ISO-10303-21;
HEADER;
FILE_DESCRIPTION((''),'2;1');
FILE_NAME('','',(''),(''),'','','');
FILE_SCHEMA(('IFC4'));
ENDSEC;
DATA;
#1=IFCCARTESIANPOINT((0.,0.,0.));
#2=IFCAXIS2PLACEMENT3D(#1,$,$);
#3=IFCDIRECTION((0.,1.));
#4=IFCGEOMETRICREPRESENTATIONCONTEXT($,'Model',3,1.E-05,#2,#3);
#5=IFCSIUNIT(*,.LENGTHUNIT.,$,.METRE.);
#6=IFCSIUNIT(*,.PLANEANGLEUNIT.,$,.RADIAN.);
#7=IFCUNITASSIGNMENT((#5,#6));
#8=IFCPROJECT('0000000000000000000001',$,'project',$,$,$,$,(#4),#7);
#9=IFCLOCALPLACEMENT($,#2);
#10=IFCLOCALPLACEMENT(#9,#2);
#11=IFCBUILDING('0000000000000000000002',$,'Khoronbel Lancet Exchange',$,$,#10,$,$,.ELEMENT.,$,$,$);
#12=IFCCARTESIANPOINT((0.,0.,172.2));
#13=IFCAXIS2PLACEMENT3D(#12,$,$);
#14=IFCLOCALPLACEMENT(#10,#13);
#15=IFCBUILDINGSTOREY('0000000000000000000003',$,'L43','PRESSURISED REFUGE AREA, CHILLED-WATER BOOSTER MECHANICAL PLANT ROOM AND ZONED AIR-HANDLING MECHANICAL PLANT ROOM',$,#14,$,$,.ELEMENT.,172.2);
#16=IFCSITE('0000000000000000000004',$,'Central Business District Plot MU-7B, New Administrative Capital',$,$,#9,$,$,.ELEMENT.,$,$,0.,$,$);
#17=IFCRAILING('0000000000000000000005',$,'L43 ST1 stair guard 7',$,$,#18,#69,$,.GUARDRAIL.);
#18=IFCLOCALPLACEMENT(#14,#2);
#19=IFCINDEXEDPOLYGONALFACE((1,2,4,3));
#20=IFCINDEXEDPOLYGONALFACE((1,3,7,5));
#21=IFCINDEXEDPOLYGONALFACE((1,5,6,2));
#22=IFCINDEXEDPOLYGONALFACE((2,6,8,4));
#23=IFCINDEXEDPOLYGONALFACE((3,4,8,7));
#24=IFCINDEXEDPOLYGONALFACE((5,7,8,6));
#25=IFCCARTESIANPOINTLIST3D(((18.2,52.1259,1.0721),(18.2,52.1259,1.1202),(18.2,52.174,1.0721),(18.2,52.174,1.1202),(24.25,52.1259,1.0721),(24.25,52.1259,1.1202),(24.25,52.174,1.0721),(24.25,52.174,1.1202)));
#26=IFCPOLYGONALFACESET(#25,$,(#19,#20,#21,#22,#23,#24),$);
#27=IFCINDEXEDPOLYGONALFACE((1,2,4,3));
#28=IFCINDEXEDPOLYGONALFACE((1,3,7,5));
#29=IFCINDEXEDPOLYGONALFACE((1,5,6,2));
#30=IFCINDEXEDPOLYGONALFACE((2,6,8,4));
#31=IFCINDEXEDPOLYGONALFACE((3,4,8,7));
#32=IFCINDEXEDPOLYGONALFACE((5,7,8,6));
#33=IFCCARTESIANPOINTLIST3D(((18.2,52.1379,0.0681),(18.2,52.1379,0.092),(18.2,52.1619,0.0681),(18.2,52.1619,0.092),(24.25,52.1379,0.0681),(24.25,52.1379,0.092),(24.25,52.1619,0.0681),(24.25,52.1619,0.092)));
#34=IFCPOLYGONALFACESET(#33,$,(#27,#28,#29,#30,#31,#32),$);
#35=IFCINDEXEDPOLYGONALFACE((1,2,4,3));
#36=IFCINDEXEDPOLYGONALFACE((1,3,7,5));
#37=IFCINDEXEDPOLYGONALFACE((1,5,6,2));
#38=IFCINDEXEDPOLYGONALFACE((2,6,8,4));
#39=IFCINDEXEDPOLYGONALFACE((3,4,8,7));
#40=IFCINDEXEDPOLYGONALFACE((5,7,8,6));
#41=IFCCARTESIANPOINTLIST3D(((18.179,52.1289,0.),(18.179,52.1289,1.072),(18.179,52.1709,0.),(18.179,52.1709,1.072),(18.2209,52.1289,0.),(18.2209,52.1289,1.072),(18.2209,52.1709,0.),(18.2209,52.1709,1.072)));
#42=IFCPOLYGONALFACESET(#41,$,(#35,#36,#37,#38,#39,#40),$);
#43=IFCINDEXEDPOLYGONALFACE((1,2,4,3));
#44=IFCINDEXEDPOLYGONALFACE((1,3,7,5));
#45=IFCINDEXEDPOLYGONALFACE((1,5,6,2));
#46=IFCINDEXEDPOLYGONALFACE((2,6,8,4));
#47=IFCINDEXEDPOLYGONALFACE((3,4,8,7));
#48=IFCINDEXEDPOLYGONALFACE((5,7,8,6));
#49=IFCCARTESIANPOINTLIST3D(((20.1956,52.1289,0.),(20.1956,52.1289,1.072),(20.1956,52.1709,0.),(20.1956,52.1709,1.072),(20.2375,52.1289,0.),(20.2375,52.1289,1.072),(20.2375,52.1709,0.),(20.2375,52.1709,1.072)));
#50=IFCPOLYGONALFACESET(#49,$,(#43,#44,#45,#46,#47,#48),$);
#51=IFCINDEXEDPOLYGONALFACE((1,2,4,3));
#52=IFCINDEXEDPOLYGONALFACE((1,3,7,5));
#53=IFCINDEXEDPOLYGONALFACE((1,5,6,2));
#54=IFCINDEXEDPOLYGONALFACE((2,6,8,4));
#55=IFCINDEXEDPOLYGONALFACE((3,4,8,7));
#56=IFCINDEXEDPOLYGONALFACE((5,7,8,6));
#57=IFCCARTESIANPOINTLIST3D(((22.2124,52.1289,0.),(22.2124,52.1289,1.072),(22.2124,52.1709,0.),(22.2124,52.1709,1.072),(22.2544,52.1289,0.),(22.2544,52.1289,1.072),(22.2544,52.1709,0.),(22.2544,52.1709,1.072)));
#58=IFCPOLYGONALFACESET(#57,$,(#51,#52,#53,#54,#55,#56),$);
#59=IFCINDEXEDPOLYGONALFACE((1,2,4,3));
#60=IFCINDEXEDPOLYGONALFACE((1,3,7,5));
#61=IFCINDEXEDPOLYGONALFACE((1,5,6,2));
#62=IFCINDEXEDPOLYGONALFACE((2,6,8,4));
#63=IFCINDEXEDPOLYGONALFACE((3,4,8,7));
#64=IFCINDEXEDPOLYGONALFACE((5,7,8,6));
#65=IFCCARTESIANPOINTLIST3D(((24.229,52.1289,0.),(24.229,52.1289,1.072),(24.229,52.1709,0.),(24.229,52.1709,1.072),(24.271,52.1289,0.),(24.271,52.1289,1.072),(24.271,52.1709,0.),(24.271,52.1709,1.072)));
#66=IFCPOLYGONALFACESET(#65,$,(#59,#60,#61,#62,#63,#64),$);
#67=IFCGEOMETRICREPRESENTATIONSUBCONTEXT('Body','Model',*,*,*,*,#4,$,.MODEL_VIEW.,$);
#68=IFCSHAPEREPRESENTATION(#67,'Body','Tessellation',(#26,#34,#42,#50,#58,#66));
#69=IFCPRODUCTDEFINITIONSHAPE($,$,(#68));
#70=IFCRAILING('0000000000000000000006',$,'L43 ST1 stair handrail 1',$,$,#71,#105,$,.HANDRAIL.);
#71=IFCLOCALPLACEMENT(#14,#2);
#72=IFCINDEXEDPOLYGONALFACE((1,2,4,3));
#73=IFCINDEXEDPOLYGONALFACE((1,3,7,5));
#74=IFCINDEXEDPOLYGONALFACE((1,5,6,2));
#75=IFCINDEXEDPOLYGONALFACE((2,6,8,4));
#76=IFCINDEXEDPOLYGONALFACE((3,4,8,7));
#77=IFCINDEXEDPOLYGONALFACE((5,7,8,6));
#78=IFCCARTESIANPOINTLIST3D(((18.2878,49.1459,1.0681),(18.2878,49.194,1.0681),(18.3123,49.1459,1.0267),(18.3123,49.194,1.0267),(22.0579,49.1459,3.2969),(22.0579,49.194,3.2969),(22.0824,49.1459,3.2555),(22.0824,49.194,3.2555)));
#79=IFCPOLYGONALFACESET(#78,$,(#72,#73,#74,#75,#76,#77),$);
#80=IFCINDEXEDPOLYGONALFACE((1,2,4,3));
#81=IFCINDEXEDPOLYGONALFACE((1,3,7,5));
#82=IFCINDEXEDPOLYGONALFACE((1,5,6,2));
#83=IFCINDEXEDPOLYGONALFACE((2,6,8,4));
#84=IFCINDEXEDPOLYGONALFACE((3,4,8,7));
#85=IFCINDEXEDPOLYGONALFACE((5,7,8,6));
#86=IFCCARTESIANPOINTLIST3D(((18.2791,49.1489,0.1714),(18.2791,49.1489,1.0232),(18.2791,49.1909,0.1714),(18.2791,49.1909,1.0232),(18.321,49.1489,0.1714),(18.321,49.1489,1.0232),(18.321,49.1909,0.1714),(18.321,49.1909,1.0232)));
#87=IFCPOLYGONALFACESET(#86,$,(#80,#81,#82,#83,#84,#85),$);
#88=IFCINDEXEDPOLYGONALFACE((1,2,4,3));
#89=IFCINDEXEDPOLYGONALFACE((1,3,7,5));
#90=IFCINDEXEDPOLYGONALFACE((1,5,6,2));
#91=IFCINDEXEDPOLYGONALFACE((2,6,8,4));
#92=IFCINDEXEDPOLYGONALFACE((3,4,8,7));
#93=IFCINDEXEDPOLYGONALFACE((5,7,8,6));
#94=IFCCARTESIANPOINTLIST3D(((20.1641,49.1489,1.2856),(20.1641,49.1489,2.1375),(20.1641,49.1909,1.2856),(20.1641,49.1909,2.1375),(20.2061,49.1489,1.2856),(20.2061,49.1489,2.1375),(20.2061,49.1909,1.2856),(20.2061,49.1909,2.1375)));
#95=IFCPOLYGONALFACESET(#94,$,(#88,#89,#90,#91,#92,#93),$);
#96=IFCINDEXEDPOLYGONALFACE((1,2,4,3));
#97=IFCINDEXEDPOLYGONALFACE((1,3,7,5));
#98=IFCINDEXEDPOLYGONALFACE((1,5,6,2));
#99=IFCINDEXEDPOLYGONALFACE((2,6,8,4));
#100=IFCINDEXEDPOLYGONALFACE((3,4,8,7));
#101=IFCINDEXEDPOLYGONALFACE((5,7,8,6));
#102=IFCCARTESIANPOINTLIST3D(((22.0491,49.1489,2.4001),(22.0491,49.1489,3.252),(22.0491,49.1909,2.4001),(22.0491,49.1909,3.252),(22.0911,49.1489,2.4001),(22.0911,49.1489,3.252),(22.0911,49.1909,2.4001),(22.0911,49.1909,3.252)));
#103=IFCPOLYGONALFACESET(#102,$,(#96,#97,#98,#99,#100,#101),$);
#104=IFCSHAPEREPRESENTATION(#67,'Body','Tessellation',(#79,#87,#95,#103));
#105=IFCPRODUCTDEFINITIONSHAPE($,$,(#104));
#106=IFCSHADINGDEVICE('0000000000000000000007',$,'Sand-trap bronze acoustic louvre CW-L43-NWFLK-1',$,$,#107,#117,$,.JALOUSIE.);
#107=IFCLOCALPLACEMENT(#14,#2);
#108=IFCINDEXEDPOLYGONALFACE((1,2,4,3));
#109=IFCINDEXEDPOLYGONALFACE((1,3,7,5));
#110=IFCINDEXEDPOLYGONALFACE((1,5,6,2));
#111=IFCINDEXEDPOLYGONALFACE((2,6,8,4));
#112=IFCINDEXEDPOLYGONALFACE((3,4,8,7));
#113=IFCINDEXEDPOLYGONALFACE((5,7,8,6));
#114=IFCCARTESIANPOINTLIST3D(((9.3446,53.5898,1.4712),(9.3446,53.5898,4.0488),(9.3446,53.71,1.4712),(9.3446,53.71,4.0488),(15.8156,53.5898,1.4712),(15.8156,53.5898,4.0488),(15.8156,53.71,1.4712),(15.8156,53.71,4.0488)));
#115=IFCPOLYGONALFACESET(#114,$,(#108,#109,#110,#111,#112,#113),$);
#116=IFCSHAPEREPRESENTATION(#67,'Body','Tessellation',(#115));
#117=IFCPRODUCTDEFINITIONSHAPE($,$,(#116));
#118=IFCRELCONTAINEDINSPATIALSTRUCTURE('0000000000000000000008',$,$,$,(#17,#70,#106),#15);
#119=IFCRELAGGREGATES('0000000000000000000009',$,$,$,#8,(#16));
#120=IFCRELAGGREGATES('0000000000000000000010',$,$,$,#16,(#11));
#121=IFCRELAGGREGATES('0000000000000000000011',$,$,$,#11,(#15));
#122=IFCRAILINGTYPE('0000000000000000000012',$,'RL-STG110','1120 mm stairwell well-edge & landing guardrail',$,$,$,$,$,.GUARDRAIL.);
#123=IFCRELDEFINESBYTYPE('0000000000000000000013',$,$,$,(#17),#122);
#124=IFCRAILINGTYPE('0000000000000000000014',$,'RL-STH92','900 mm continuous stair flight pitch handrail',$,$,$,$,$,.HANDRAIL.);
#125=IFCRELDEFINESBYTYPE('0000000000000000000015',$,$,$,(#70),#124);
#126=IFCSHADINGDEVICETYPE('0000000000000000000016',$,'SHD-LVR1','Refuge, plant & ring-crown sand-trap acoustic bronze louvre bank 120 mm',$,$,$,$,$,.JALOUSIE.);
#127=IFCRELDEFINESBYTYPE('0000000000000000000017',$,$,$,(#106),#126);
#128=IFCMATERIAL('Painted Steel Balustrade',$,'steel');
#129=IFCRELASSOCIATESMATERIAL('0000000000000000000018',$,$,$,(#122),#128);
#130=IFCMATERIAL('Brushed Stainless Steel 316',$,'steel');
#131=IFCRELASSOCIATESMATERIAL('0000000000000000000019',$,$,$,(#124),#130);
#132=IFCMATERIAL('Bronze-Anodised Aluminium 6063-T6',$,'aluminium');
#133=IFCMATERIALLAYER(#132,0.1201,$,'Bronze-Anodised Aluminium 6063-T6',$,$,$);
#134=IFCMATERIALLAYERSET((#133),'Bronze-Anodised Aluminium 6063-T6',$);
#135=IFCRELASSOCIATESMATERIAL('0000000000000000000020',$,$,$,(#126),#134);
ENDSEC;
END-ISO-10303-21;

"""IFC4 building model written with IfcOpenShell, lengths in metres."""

from ifc_helpers import new_model, si_unit, direction, frame, origin, origin_2d, place, context, subcontext, project, spatial, rectangle, extrude, material, layer, layer_set, type_object, element, save


model = new_model("IFC4")

# Units and contexts
model_context = context("Model", 3, precision=1e-05, world=origin(), true_north=direction((0.0, 1.0)))
body_context = subcontext(model_context, "Body", "Model", "MODEL_VIEW")
ifc_project = project(units=[si_unit("LENGTHUNIT", "METRE"), si_unit("PLANEANGLEUNIT", "RADIAN")], contexts=[model_context])

# Site, building, storey
site_placement = place(None, origin())
site = spatial("IfcSite", under=ifc_project, at=site_placement, Name="Central Business District Plot MU-7B, New Administrative Capital", CompositionType="ELEMENT", RefElevation=0.0)
building_placement = place(site_placement, origin())
building = spatial("IfcBuilding", under=site, at=building_placement, Name="Khoronbel Lancet Exchange", CompositionType="ELEMENT")
storey_placement = place(building_placement, frame((0.0, 0.0, 172.2)))
storey = spatial("IfcBuildingStorey", under=building, at=storey_placement, Name="L43", Description="PRESSURISED REFUGE AREA, CHILLED-WATER BOOSTER MECHANICAL PLANT ROOM AND ZONED AIR-HANDLING MECHANICAL PLANT ROOM", CompositionType="ELEMENT", Elevation=172.2)

# Shared definitions
ifc_material_1 = material(Name="Bronze-Anodised Aluminium 6063-T6", Category="aluminium")

# Railings
ifc_material_2 = material(Name="Painted Steel Balustrade", Category="steel")
railing_type_1 = type_object("IfcRailingType", Name="RL-STG110", Description="1120 mm stairwell well-edge & landing guardrail", PredefinedType="GUARDRAIL", material=ifc_material_2)
railing_1_placement = place(storey_placement, frame((18.2, 52.1499, 0.0)))
element("IfcRailing", 1, at=railing_1_placement, inside=storey, type_object=railing_type_1, Name="L43 ST1 stair guard 7", PredefinedType="GUARDRAIL", context=body_context, shape_type="SweptSolid", body=[
    extrude(rectangle(XDim=0.0481, YDim=0.0481, at=origin_2d()), frame((0.0, 0.0, 1.0962), z_axis=(1.0, 0.0, 0.0), x_axis=(0.0, 1.0, 0.0)), (0.0, 0.0, 1.0), 6.05),
    extrude(rectangle(XDim=0.0239, YDim=0.0239, at=origin_2d()), frame((0.0, 0.0, 0.0801), z_axis=(1.0, 0.0, 0.0), x_axis=(0.0, 1.0, 0.0)), (0.0, 0.0, 1.0), 6.05),
    extrude(rectangle(XDim=0.042, YDim=0.042, at=origin_2d()), origin(), (0.0, 0.0, 1.0), 1.072),
    extrude(rectangle(XDim=0.042, YDim=0.042, at=origin_2d()), frame((2.0166, 0.0, 0.0)), (0.0, 0.0, 1.0), 1.072),
    extrude(rectangle(XDim=0.042, YDim=0.042, at=origin_2d()), frame((4.0334, 0.0, 0.0)), (0.0, 0.0, 1.0), 1.072),
    extrude(rectangle(XDim=0.042, YDim=0.042, at=origin_2d()), frame((6.05, 0.0, 0.0)), (0.0, 0.0, 1.0), 1.072),
])
ifc_material_3 = material(Name="Brushed Stainless Steel 316", Category="steel")
railing_type_2 = type_object("IfcRailingType", Name="RL-STH92", Description="900 mm continuous stair flight pitch handrail", PredefinedType="HANDRAIL", material=ifc_material_3)
railing_2_placement = place(storey_placement, frame((18.3, 49.1699, 0.1714)))
element("IfcRailing", 2, at=railing_2_placement, inside=storey, type_object=railing_type_2, Name="L43 ST1 stair handrail 1", PredefinedType="HANDRAIL", context=body_context, shape_type="SweptSolid", body=[
    extrude(rectangle(XDim=0.0481, YDim=0.0481, at=origin_2d()), frame((0.0, 0.0, 0.876), z_axis=(0.860824, 0.0, 0.508902), x_axis=(0.0, 1.0, 0.0)), (0.0, 0.0, 1.0), 4.3796),
    extrude(rectangle(XDim=0.042, YDim=0.042, at=origin_2d()), origin(), (0.0, 0.0, 1.0), 0.8518),
    extrude(rectangle(XDim=0.042, YDim=0.042, at=origin_2d()), frame((1.885, 0.0, 1.1143)), (0.0, 0.0, 1.0), 0.8518),
    extrude(rectangle(XDim=0.042, YDim=0.042, at=origin_2d()), frame((3.77, 0.0, 2.2288)), (0.0, 0.0, 1.0), 0.8518),
])

# Shading device
ifc_layer_1 = layer(ifc_material_1, 0.1201, Name="Bronze-Anodised Aluminium 6063-T6")
ifc_layer_set_1 = layer_set([ifc_layer_1], Name="Bronze-Anodised Aluminium 6063-T6")
shading_device_type = type_object("IfcShadingDeviceType", Name="SHD-LVR1", Description="Refuge, plant & ring-crown sand-trap acoustic bronze louvre bank 120 mm", PredefinedType="JALOUSIE", material=ifc_layer_set_1)
shading_device_placement = place(storey_placement, frame((12.5801, 53.6499, 1.4712), z_axis=(0.0, 0.0, 1.0), x_axis=(-1.0, 0.0, 0.0)))
element("IfcShadingDevice", 3, at=shading_device_placement, inside=storey, type_object=shading_device_type, Name="Sand-trap bronze acoustic louvre CW-L43-NWFLK-1", PredefinedType="JALOUSIE", context=body_context, shape_type="SweptSolid", body=[
    extrude(rectangle(XDim=6.4709, YDim=0.1201, at=origin_2d()), origin(), (0.0, 0.0, 1.0), 2.5776),
])

save(model, "model.ifc")
